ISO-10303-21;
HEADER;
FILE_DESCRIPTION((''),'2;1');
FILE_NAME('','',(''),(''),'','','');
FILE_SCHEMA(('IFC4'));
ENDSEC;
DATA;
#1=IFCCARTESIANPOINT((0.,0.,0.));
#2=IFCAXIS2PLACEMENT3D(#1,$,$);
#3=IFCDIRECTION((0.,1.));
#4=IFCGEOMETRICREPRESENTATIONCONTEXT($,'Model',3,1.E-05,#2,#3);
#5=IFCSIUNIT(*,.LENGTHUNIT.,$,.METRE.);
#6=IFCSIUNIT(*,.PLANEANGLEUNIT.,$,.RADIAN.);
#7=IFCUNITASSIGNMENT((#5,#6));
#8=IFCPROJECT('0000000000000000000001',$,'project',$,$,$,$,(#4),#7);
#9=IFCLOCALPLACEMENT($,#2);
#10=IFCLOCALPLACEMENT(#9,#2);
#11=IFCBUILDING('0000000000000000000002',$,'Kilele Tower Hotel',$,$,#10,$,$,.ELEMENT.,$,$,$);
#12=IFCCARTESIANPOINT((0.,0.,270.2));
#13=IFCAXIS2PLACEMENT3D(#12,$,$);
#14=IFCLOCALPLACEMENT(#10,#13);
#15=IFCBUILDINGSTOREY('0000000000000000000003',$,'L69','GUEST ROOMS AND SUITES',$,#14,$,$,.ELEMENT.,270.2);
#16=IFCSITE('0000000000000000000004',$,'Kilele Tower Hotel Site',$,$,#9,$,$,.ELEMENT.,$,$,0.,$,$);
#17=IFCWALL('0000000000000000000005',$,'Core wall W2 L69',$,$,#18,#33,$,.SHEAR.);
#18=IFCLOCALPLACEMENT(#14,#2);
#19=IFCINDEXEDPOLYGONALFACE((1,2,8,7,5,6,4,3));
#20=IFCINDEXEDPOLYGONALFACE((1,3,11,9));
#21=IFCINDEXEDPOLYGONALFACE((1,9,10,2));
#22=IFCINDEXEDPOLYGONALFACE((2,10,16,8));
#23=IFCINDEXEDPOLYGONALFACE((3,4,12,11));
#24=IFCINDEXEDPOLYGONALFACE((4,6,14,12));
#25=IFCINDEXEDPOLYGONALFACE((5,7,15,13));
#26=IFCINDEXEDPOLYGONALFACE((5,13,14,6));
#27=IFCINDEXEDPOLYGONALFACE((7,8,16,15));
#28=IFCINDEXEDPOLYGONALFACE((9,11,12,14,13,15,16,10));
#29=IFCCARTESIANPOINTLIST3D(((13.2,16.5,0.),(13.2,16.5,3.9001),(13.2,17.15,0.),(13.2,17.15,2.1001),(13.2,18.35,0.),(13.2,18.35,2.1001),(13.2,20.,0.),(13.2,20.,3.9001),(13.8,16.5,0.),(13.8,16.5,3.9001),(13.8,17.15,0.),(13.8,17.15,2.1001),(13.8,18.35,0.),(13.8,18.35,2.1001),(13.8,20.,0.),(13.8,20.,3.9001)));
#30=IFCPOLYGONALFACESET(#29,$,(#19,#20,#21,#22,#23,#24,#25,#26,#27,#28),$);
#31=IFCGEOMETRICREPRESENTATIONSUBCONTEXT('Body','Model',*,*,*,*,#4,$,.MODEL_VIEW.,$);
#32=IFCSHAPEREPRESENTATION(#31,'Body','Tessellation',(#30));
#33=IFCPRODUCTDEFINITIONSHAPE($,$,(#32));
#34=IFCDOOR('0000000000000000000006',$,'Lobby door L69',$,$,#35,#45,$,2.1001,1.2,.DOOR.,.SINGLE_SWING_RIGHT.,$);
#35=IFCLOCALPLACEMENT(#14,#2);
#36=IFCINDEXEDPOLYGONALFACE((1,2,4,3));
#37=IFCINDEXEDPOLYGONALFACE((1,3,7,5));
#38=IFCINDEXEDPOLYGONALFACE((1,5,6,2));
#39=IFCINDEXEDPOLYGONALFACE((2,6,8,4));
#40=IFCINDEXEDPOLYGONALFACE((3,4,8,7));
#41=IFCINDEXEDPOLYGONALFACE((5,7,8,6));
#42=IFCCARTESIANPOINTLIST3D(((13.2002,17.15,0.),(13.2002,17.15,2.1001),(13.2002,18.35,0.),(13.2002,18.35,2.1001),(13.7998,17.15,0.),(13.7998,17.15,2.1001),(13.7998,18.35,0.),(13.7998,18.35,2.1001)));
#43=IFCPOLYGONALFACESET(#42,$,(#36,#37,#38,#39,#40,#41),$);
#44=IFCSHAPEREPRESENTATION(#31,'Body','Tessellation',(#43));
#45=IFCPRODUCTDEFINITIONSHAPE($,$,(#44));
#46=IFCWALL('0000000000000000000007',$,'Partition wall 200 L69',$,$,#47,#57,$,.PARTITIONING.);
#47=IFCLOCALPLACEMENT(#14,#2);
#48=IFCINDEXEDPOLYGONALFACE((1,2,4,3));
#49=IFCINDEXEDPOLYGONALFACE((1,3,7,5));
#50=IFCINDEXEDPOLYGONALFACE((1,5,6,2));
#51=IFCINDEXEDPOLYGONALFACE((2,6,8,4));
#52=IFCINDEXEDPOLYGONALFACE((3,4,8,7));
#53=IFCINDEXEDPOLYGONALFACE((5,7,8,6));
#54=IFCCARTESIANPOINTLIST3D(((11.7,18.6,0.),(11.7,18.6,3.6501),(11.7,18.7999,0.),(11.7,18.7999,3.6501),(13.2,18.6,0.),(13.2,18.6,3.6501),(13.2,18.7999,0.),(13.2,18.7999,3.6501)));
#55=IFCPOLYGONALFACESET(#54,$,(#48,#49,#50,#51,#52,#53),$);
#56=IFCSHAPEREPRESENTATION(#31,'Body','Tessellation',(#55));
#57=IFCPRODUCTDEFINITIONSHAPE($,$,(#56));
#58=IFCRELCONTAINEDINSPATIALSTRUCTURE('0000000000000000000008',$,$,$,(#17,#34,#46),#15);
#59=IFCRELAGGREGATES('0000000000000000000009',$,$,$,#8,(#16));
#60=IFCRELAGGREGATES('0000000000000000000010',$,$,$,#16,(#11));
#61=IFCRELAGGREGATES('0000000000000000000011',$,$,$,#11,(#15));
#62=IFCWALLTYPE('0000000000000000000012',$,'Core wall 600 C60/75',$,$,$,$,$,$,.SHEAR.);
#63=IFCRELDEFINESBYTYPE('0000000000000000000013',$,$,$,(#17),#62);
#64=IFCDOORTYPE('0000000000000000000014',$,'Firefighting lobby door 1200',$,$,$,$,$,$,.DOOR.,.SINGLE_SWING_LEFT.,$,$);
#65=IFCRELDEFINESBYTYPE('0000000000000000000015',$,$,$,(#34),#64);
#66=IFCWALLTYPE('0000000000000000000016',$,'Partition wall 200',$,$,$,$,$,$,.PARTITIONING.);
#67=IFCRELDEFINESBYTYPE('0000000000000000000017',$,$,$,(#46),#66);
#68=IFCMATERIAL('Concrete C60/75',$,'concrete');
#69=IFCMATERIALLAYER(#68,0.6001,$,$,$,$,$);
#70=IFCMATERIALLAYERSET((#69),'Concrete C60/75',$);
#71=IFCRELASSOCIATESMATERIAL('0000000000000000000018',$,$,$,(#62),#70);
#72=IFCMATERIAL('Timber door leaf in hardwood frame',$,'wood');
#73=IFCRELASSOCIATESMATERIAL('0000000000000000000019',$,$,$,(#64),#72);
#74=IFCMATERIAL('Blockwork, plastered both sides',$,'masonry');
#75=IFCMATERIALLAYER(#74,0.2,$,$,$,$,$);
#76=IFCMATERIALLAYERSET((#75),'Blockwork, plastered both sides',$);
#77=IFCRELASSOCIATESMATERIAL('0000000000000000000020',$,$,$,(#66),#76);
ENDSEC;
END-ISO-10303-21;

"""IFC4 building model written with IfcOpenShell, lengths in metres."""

from ifc_helpers import new_model, si_unit, direction, frame, frame_2d, origin, place, context, subcontext, project, spatial, rectangle, extrude, material, layer, layer_set, type_object, element, fill, save


model = new_model("IFC4")

# Units and contexts
model_context = context("Model", 3, precision=1e-05, world=origin(), true_north=direction((0.0, 1.0)))
body_context = subcontext(model_context, "Body", "Model", "MODEL_VIEW")
ifc_project = project(units=[si_unit("LENGTHUNIT", "METRE"), si_unit("PLANEANGLEUNIT", "RADIAN")], contexts=[model_context])

# Site, building, storey
site_placement = place(None, origin())
site = spatial("IfcSite", under=ifc_project, at=site_placement, Name="Kilele Tower Hotel Site", CompositionType="ELEMENT", RefElevation=0.0)
building_placement = place(site_placement, origin())
building = spatial("IfcBuilding", under=site, at=building_placement, Name="Kilele Tower Hotel", CompositionType="ELEMENT")
storey_placement = place(building_placement, frame((0.0, 0.0, 270.2)))
storey = spatial("IfcBuildingStorey", under=building, at=storey_placement, Name="L69", Description="GUEST ROOMS AND SUITES", CompositionType="ELEMENT", Elevation=270.2)

# Shared definitions
ifc_material_1 = material(Name="Concrete C60/75", Category="concrete")
ifc_layer_1 = layer(ifc_material_1, 0.6001)
ifc_layer_set_1 = layer_set([ifc_layer_1], Name="Concrete C60/75")
wall_type_1 = type_object("IfcWallType", Name="Core wall 600 C60/75", PredefinedType="SHEAR", material=ifc_layer_set_1)

# Wall, opening, door
wall_1_placement = place(storey_placement, frame((13.5, 20.0, 0.0), z_axis=(0.0, 0.0, 1.0), x_axis=(0.0, -1.0, 0.0)))
wall_1 = element("IfcWall", 1, at=wall_1_placement, inside=storey, type_object=wall_type_1, Name="Core wall W2 L69", PredefinedType="SHEAR", context=body_context, shape_type="SweptSolid", body=[
    extrude(rectangle(XDim=3.5, YDim=0.6001, at=frame_2d((1.75, 0.0))), origin(), (0.0, 0.0, 1.0), 3.9001),
])
opening_1_placement = place(wall_1_placement, frame((1.6499, 0.0, 0.0)))
opening_1 = element("IfcOpeningElement", 2, at=opening_1_placement, cuts=wall_1, PredefinedType="OPENING", context=body_context, shape_type="SweptSolid", body=[
    extrude(rectangle(XDim=1.2, YDim=2.1001, at=frame_2d((0.6001, 1.05))), frame((0.0, 0.3101, 0.0), z_axis=(0.0, -1.0, 0.0), x_axis=(1.0, 0.0, 0.0)), (0.0, 0.0, 1.0), 0.6201),
])
ifc_material_2 = material(Name="Timber door leaf in hardwood frame", Category="wood")
door_type_1 = type_object("IfcDoorType", Name="Firefighting lobby door 1200", OperationType="SINGLE_SWING_LEFT", PredefinedType="DOOR", material=ifc_material_2)
door_1_placement = place(opening_1_placement, origin())
door_1 = element("IfcDoor", 3, at=door_1_placement, inside=storey, type_object=door_type_1, Name="Lobby door L69", OperationType="SINGLE_SWING_RIGHT", OverallHeight=2.1001, OverallWidth=1.2, PredefinedType="DOOR", context=body_context, shape_type="SweptSolid", body=[
    extrude(rectangle(XDim=1.2, YDim=2.1001, at=frame_2d((0.6001, 1.05))), frame((0.0, 0.2998, 0.0), z_axis=(0.0, -1.0, 0.0), x_axis=(1.0, 0.0, 0.0)), (0.0, 0.0, 1.0), 0.5996),
])
fill(opening_1, door_1)

# Wall
ifc_material_3 = material(Name="Blockwork, plastered both sides", Category="masonry")
ifc_layer_2 = layer(ifc_material_3, 0.2)
ifc_layer_set_2 = layer_set([ifc_layer_2], Name="Blockwork, plastered both sides")
wall_type_2 = type_object("IfcWallType", Name="Partition wall 200", PredefinedType="PARTITIONING", material=ifc_layer_set_2)
wall_2_placement = place(storey_placement, frame((13.2, 18.7, 0.0), z_axis=(0.0, 0.0, 1.0), x_axis=(-1.0, 0.0, 0.0)))
element("IfcWall", 4, at=wall_2_placement, inside=storey, type_object=wall_type_2, Name="Partition wall 200 L69", PredefinedType="PARTITIONING", context=body_context, shape_type="SweptSolid", body=[
    extrude(rectangle(XDim=1.5, YDim=0.2, at=frame_2d((0.75, 0.0))), origin(), (0.0, 0.0, 1.0), 3.6501),
])

save(model, "model.ifc")
